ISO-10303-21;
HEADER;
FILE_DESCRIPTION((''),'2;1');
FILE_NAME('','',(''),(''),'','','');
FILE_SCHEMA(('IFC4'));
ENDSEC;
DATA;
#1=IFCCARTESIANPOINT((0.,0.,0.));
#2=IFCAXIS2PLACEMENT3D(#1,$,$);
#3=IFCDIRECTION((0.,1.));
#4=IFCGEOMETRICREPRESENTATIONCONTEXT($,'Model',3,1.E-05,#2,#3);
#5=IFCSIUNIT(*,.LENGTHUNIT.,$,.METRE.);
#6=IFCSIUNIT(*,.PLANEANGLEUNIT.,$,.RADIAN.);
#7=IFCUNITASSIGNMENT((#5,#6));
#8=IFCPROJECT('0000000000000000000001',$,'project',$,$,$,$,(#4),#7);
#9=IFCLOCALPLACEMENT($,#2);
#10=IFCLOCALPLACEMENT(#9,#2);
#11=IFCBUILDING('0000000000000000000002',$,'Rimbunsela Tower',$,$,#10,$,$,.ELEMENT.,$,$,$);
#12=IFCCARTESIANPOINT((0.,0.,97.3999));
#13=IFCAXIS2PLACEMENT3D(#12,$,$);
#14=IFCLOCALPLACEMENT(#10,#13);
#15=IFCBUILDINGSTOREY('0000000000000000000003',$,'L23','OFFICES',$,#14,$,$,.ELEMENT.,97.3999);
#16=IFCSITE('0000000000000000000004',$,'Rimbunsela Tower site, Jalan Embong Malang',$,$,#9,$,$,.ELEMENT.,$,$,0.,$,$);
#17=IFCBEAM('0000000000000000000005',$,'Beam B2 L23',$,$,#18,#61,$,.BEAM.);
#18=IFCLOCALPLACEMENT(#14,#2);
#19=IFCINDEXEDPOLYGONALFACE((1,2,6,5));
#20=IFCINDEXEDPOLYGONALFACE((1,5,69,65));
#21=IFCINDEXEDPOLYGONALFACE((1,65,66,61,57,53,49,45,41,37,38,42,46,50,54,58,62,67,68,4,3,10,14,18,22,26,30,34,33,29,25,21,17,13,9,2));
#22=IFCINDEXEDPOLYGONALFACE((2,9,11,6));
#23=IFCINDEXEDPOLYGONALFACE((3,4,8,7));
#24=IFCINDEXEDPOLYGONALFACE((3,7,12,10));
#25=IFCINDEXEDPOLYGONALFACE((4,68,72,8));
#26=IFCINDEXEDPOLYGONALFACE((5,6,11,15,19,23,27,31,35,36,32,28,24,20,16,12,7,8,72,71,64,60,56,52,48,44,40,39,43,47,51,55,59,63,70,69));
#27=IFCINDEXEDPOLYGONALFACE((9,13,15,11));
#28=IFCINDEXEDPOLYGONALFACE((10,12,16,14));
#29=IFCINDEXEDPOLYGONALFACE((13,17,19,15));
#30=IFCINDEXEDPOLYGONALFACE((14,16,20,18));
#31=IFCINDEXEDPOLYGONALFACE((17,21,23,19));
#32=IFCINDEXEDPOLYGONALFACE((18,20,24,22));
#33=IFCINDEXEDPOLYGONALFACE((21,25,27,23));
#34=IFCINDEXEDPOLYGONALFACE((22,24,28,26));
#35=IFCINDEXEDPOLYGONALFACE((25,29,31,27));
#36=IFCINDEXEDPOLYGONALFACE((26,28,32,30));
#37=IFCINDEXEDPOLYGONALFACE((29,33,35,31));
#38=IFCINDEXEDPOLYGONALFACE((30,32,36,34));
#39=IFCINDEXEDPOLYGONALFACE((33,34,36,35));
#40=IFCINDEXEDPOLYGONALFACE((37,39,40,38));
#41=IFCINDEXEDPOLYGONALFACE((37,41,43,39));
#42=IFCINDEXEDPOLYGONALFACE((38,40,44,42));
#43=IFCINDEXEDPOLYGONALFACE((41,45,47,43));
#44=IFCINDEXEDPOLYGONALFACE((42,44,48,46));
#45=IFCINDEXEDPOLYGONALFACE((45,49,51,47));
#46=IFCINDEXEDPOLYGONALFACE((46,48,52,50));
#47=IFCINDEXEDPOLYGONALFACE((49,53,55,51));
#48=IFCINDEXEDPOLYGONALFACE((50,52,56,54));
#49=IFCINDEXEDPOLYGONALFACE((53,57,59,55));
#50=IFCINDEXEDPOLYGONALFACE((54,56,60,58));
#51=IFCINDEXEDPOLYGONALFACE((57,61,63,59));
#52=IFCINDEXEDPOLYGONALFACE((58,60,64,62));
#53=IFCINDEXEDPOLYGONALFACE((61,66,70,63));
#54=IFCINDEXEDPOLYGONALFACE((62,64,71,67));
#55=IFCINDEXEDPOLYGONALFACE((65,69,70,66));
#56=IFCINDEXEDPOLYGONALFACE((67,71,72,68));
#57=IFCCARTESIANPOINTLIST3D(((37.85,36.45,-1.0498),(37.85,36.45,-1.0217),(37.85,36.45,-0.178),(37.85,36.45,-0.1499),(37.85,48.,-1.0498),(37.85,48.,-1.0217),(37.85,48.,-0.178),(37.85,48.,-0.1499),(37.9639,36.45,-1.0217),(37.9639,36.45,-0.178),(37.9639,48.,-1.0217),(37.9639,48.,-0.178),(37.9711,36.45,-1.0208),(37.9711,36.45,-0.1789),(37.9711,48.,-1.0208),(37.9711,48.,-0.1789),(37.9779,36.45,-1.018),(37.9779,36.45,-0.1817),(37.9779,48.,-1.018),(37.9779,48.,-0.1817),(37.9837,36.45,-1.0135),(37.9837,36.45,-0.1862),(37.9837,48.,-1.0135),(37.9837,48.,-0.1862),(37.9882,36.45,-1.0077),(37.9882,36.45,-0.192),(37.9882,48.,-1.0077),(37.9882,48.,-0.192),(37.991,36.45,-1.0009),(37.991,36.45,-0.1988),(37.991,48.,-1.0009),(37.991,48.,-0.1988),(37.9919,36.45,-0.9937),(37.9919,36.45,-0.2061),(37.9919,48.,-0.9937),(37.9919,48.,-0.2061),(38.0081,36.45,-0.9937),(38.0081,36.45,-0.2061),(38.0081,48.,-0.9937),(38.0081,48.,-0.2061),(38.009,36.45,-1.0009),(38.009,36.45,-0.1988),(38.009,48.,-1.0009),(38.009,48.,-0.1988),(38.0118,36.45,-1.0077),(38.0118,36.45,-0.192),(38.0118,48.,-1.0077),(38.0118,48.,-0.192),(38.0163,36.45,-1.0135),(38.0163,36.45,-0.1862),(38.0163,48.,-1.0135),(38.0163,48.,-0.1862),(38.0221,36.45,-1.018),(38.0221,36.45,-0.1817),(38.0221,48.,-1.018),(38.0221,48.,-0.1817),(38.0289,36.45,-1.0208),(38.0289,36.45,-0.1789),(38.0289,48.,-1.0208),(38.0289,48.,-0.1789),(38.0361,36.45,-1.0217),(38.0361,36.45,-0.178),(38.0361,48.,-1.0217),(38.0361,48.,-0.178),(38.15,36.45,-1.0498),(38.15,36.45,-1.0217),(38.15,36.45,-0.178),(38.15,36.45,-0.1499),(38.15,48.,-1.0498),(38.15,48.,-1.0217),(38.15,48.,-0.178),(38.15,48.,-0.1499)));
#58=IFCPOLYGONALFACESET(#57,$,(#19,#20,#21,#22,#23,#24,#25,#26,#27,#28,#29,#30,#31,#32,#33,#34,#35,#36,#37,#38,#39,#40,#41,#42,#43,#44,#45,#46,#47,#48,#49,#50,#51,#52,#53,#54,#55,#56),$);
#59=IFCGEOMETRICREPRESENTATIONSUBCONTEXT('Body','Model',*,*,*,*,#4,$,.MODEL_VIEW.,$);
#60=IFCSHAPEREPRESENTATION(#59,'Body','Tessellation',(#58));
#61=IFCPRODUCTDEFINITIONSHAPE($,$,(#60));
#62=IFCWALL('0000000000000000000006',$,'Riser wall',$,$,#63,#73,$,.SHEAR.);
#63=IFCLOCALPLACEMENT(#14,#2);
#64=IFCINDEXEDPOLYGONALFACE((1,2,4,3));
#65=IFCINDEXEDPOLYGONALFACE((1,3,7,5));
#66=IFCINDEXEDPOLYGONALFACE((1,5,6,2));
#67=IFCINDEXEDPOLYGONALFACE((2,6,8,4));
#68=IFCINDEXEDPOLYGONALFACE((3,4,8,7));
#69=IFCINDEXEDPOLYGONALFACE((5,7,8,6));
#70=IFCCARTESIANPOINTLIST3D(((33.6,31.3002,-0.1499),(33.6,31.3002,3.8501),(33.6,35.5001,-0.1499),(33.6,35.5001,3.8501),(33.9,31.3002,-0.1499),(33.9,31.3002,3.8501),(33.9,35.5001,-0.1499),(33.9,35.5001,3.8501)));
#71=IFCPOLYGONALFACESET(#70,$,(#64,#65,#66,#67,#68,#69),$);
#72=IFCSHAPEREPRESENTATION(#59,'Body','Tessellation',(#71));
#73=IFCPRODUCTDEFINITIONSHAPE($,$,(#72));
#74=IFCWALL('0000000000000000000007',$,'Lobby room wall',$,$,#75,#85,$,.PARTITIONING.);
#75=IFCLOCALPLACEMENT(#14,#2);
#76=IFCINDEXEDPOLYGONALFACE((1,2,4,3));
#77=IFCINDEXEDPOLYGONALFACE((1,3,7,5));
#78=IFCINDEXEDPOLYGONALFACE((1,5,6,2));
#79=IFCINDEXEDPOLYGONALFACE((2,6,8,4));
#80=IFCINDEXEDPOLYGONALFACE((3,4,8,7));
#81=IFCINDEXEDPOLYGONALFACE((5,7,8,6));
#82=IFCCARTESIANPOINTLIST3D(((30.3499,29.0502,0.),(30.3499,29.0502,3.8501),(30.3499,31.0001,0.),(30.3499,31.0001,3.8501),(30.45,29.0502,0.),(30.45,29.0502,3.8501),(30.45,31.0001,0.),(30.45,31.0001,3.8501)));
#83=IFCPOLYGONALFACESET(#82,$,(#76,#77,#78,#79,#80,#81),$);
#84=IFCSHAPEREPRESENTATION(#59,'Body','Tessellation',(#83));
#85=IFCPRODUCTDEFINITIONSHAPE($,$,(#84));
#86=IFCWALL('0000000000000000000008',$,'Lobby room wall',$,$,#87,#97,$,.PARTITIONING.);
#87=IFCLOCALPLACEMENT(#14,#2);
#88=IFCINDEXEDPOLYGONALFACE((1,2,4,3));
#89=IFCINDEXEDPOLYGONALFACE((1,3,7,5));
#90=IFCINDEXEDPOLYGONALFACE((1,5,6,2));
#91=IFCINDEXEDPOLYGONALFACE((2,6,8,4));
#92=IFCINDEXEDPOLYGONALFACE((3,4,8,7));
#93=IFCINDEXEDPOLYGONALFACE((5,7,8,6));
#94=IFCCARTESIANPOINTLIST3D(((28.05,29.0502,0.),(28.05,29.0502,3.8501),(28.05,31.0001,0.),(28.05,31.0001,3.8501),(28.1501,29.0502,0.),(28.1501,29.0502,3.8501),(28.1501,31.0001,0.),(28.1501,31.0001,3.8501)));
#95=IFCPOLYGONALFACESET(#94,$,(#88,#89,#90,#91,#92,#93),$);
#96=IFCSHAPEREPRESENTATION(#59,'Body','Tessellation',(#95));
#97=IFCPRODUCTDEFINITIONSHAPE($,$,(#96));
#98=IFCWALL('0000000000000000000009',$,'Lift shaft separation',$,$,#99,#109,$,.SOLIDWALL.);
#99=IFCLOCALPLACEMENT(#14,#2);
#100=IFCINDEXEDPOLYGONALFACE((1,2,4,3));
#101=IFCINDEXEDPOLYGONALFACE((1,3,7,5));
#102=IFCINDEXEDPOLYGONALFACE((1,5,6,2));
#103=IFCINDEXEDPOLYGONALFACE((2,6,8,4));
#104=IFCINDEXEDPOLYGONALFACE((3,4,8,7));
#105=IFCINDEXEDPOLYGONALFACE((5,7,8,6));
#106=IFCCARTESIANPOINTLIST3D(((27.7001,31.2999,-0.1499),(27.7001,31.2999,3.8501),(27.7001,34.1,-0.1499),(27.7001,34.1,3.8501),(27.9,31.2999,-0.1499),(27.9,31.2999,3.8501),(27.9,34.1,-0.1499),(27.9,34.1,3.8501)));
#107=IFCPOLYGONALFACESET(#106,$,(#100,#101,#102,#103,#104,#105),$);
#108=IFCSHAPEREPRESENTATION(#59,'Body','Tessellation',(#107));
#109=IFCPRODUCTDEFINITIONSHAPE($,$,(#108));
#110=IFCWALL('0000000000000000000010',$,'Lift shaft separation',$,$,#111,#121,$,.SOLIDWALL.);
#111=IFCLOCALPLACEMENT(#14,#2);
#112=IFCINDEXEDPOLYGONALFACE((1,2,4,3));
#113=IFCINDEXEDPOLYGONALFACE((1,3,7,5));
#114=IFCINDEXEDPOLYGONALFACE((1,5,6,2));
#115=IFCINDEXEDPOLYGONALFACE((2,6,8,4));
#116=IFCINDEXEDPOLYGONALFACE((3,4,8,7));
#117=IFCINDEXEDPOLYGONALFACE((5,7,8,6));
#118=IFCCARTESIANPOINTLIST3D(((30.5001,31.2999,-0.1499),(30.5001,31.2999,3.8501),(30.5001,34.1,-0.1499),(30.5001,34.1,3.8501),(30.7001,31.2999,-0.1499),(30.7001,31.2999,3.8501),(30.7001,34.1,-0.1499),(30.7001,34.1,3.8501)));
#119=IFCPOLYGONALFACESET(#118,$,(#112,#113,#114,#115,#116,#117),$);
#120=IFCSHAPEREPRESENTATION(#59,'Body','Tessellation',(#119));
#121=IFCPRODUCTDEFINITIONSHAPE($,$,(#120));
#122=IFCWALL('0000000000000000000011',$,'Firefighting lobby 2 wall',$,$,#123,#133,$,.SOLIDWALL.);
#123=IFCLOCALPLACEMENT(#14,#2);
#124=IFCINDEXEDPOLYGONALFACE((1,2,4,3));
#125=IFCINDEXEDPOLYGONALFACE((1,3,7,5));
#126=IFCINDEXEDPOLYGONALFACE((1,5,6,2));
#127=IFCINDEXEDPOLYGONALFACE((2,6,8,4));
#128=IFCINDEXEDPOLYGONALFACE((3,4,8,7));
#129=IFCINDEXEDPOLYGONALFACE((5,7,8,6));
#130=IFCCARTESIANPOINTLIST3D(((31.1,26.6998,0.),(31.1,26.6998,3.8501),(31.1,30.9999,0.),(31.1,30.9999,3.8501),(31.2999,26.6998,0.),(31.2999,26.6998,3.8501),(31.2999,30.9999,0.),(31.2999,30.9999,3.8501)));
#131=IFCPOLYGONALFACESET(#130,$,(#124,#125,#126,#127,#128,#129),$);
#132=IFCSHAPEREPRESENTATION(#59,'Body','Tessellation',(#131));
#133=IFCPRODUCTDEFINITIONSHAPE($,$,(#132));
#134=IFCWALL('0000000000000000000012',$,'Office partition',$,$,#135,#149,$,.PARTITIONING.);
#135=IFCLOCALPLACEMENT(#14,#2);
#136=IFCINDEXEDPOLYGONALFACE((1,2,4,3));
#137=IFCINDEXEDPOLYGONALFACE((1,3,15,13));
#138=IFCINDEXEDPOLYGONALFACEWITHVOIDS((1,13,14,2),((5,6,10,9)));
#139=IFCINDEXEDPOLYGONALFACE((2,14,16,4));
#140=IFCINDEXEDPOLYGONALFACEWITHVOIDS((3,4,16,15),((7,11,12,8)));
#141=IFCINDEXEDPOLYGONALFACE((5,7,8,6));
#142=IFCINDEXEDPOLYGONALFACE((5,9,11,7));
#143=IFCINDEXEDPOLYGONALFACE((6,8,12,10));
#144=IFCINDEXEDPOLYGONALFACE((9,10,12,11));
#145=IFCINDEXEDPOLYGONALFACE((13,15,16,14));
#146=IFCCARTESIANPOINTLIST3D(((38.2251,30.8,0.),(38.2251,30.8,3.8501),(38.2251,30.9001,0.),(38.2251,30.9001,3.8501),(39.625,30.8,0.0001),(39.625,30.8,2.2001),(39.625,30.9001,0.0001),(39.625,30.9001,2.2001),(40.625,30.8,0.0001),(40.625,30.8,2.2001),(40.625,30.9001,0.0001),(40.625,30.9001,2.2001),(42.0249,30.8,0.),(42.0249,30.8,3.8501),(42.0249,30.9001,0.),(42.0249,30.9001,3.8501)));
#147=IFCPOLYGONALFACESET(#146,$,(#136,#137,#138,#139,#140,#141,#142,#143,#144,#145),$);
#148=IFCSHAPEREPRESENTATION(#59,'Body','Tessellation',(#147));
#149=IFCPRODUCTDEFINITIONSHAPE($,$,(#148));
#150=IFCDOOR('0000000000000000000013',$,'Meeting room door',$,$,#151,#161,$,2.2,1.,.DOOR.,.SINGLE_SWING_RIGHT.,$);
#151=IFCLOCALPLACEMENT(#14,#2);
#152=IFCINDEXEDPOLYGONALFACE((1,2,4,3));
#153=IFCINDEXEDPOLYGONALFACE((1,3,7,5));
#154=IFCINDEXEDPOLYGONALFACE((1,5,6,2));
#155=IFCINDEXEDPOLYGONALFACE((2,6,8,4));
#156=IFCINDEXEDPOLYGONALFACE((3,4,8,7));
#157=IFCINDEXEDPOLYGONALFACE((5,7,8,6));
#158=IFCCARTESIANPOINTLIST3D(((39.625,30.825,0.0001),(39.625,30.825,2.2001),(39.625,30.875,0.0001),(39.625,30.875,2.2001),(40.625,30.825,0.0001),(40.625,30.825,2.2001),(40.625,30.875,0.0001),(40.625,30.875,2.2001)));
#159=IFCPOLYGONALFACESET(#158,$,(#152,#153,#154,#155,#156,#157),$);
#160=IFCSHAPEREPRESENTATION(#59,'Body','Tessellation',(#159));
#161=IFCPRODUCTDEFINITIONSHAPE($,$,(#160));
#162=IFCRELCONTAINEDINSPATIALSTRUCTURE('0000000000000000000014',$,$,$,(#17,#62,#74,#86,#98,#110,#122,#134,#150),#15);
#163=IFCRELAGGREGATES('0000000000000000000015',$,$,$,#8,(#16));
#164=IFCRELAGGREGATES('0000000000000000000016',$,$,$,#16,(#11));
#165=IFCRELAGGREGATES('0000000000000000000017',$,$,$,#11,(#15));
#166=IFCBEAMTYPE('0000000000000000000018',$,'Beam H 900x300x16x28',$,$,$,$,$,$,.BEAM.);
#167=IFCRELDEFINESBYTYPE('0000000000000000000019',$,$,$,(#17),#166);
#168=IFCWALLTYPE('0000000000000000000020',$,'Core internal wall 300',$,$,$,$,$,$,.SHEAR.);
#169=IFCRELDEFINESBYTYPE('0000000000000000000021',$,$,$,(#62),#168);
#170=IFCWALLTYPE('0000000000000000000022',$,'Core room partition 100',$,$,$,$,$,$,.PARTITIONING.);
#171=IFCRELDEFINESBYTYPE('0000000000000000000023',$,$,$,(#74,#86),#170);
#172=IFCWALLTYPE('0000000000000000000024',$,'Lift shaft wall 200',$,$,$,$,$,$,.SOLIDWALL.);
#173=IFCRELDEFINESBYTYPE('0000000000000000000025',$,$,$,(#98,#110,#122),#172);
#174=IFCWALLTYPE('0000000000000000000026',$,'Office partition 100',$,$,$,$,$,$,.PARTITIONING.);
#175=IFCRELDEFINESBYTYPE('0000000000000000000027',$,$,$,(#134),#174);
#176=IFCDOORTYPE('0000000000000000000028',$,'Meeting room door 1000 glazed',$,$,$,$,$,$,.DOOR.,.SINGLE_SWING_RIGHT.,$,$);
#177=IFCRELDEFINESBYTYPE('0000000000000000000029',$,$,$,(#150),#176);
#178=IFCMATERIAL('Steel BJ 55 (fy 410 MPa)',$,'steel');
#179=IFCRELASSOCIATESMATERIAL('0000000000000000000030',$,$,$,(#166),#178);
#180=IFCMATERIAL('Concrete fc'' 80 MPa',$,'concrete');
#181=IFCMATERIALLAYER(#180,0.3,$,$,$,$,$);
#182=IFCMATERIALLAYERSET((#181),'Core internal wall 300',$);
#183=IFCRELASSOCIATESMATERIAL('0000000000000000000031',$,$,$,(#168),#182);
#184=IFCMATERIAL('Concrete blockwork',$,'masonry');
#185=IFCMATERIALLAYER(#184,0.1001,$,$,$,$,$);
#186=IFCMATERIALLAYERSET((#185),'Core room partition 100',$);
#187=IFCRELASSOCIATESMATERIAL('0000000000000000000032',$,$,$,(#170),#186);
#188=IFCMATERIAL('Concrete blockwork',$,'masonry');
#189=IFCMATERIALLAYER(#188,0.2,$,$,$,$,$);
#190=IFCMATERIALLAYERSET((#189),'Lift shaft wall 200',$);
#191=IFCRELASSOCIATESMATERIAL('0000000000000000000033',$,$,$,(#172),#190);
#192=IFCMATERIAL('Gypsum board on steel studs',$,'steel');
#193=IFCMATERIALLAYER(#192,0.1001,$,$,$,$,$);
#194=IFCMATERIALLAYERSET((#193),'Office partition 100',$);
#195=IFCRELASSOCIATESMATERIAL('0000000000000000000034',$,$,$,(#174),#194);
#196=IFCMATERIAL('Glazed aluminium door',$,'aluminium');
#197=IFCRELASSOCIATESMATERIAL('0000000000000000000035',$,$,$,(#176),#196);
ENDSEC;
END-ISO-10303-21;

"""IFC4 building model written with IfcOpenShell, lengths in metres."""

from ifc_helpers import new_model, si_unit, direction, frame, frame_2d, origin, origin_2d, place, context, subcontext, project, spatial, rectangle, i_section, extrude, material, layer, layer_set, material_profile, profile_set, type_object, element, fill, save


model = new_model("IFC4")

# Units and contexts
model_context = context("Model", 3, precision=1e-05, world=origin(), true_north=direction((0.0, 1.0)))
body_context = subcontext(model_context, "Body", "Model", "MODEL_VIEW")
ifc_project = project(units=[si_unit("LENGTHUNIT", "METRE"), si_unit("PLANEANGLEUNIT", "RADIAN")], contexts=[model_context])

# Site, building, storey
site_placement = place(None, origin())
site = spatial("IfcSite", under=ifc_project, at=site_placement, Name="Rimbunsela Tower site, Jalan Embong Malang", CompositionType="ELEMENT", RefElevation=0.0)
building_placement = place(site_placement, origin())
building = spatial("IfcBuilding", under=site, at=building_placement, Name="Rimbunsela Tower", CompositionType="ELEMENT")
storey_placement = place(building_placement, frame((0.0, 0.0, 97.3999)))
storey = spatial("IfcBuildingStorey", under=building, at=storey_placement, Name="L23", Description="OFFICES", CompositionType="ELEMENT", Elevation=97.3999)

# Beam
ifc_material_1 = material(Name="Steel BJ 55 (fy 410 MPa)", Category="steel")
ifc_material_profile_1 = material_profile(ifc_material_1, i_section(OverallWidth=0.3, OverallDepth=0.8999, WebThickness=0.0161, FlangeThickness=0.0281, FilletRadius=0.0281, at=origin_2d()), Name="H 900x300x16x28")
ifc_profile_set_1 = profile_set([ifc_material_profile_1], Name="Steel BJ 55 (fy 410 MPa)")
beam_type_1 = type_object("IfcBeamType", Name="Beam H 900x300x16x28", PredefinedType="BEAM", material=ifc_profile_set_1)
beam_1_placement = place(storey_placement, frame((38.0, 36.45, -0.5999), z_axis=(0.0, 1.0, 0.0), x_axis=(-1.0, 0.0, 0.0)))
element("IfcBeam", 1, at=beam_1_placement, inside=storey, type_object=beam_type_1, Name="Beam B2 L23", PredefinedType="BEAM", context=body_context, shape_type="SweptSolid", body=[
    extrude(i_section(OverallWidth=0.3, OverallDepth=0.8999, WebThickness=0.0161, FlangeThickness=0.0281, FilletRadius=0.0281, at=origin_2d()), origin(), (0.0, 0.0, 1.0), 11.55),
])

# Walls
ifc_material_2 = material(Name="Concrete fc' 80 MPa", Category="concrete")
ifc_layer_1 = layer(ifc_material_2, 0.3)
ifc_layer_set_1 = layer_set([ifc_layer_1], Name="Core internal wall 300")
wall_type_1 = type_object("IfcWallType", Name="Core internal wall 300", PredefinedType="SHEAR", material=ifc_layer_set_1)
wall_1_placement = place(storey_placement, frame((33.75, 31.3, -0.1499), z_axis=(0.0, 0.0, 1.0), x_axis=(0.0, 1.0, 0.0)))
element("IfcWall", 2, at=wall_1_placement, inside=storey, type_object=wall_type_1, Name="Riser wall", PredefinedType="SHEAR", context=body_context, shape_type="SweptSolid", body=[
    extrude(rectangle(XDim=4.2, YDim=0.3, at=frame_2d((2.1001, 0.0))), origin(), (0.0, 0.0, 1.0), 4.0),
])
ifc_material_3 = material(Name="Concrete blockwork", Category="masonry")
ifc_layer_2 = layer(ifc_material_3, 0.1001)
ifc_layer_set_2 = layer_set([ifc_layer_2], Name="Core room partition 100")
wall_type_2 = type_object("IfcWallType", Name="Core room partition 100", PredefinedType="PARTITIONING", material=ifc_layer_set_2)
for number, where, z_axis, x_axis, name in (
    (3, (30.3999, 29.05, 0.0), (0.0, 0.0, 1.0), (0.0, 1.0, 0.0), "Lobby room wall"),
    (4, (28.1001, 29.05, 0.0), (0.0, 0.0, 1.0), (0.0, 1.0, 0.0), "Lobby room wall"),
):
    element("IfcWall", number, at=place(storey_placement, frame(where, z_axis=z_axis, x_axis=x_axis)), inside=storey, type_object=wall_type_2, Name=name, PredefinedType="PARTITIONING", context=body_context, shape_type="SweptSolid", body=[
        extrude(rectangle(XDim=1.95, YDim=0.1001, at=frame_2d((0.9751, 0.0))), origin(), (0.0, 0.0, 1.0), 3.8501),
    ])
ifc_material_4 = material(Name="Concrete blockwork", Category="masonry")
ifc_layer_3 = layer(ifc_material_4, 0.2)
ifc_layer_set_3 = layer_set([ifc_layer_3], Name="Lift shaft wall 200")
wall_type_3 = type_object("IfcWallType", Name="Lift shaft wall 200", PredefinedType="SOLIDWALL", material=ifc_layer_set_3)
for number, where, z_axis, x_axis, name in (
    (5, (27.8, 31.3, -0.1499), (0.0, 0.0, 1.0), (0.0, 1.0, 0.0), "Lift shaft separation"),
    (6, (30.6001, 31.3, -0.1499), (0.0, 0.0, 1.0), (0.0, 1.0, 0.0), "Lift shaft separation"),
):
    element("IfcWall", number, at=place(storey_placement, frame(where, z_axis=z_axis, x_axis=x_axis)), inside=storey, type_object=wall_type_3, Name=name, PredefinedType="SOLIDWALL", context=body_context, shape_type="SweptSolid", body=[
        extrude(rectangle(XDim=2.8, YDim=0.2, at=frame_2d((1.3999, 0.0))), origin(), (0.0, 0.0, 1.0), 4.0),
    ])
wall_2_placement = place(storey_placement, frame((31.2, 26.7, 0.0), z_axis=(0.0, 0.0, 1.0), x_axis=(0.0, 1.0, 0.0)))
element("IfcWall", 7, at=wall_2_placement, inside=storey, type_object=wall_type_3, Name="Firefighting lobby 2 wall", PredefinedType="SOLIDWALL", context=body_context, shape_type="SweptSolid", body=[
    extrude(rectangle(XDim=4.3, YDim=0.2, at=frame_2d((2.1499, 0.0))), origin(), (0.0, 0.0, 1.0), 3.8501),
])

# Wall, opening, door
ifc_material_5 = material(Name="Gypsum board on steel studs", Category="steel")
ifc_layer_4 = layer(ifc_material_5, 0.1001)
ifc_layer_set_4 = layer_set([ifc_layer_4], Name="Office partition 100")
wall_type_4 = type_object("IfcWallType", Name="Office partition 100", PredefinedType="PARTITIONING", material=ifc_layer_set_4)
wall_3_placement = place(storey_placement, frame((38.2251, 30.8501, 0.0), z_axis=(0.0, 0.0, 1.0), x_axis=(1.0, 0.0, 0.0)))
wall_3 = element("IfcWall", 8, at=wall_3_placement, inside=storey, type_object=wall_type_4, Name="Office partition", PredefinedType="PARTITIONING", context=body_context, shape_type="SweptSolid", body=[
    extrude(rectangle(XDim=3.7998, YDim=0.1001, at=frame_2d((1.8999, 0.0))), origin(), (0.0, 0.0, 1.0), 3.8501),
])
opening_1_placement = place(wall_3_placement, frame((1.3999, 0.0, 0.0)))
opening_1 = element("IfcOpeningElement", 9, at=opening_1_placement, cuts=wall_3, PredefinedType="OPENING", context=body_context, shape_type="SweptSolid", body=[
    extrude(rectangle(XDim=1.0, YDim=2.2, at=frame_2d((0.5, 1.1001))), frame((0.0, 0.0601, 0.0), z_axis=(0.0, -1.0, 0.0), x_axis=(1.0, 0.0, 0.0)), (0.0, 0.0, 1.0), 0.1201),
])
ifc_material_6 = material(Name="Glazed aluminium door", Category="aluminium")
door_type_1 = type_object("IfcDoorType", Name="Meeting room door 1000 glazed", OperationType="SINGLE_SWING_RIGHT", PredefinedType="DOOR", material=ifc_material_6)
door_1_placement = place(opening_1_placement, origin())
door_1 = element("IfcDoor", 10, at=door_1_placement, inside=storey, type_object=door_type_1, Name="Meeting room door", OperationType="SINGLE_SWING_RIGHT", OverallHeight=2.2, OverallWidth=1.0, PredefinedType="DOOR", context=body_context, shape_type="SweptSolid", body=[
    extrude(rectangle(XDim=1.0, YDim=2.2, at=frame_2d((0.5, 1.1001))), frame((0.0, 0.0249, 0.0), z_axis=(0.0, -1.0, 0.0), x_axis=(1.0, 0.0, 0.0)), (0.0, 0.0, 1.0), 0.05),
])
fill(opening_1, door_1)

save(model, "model.ifc")
